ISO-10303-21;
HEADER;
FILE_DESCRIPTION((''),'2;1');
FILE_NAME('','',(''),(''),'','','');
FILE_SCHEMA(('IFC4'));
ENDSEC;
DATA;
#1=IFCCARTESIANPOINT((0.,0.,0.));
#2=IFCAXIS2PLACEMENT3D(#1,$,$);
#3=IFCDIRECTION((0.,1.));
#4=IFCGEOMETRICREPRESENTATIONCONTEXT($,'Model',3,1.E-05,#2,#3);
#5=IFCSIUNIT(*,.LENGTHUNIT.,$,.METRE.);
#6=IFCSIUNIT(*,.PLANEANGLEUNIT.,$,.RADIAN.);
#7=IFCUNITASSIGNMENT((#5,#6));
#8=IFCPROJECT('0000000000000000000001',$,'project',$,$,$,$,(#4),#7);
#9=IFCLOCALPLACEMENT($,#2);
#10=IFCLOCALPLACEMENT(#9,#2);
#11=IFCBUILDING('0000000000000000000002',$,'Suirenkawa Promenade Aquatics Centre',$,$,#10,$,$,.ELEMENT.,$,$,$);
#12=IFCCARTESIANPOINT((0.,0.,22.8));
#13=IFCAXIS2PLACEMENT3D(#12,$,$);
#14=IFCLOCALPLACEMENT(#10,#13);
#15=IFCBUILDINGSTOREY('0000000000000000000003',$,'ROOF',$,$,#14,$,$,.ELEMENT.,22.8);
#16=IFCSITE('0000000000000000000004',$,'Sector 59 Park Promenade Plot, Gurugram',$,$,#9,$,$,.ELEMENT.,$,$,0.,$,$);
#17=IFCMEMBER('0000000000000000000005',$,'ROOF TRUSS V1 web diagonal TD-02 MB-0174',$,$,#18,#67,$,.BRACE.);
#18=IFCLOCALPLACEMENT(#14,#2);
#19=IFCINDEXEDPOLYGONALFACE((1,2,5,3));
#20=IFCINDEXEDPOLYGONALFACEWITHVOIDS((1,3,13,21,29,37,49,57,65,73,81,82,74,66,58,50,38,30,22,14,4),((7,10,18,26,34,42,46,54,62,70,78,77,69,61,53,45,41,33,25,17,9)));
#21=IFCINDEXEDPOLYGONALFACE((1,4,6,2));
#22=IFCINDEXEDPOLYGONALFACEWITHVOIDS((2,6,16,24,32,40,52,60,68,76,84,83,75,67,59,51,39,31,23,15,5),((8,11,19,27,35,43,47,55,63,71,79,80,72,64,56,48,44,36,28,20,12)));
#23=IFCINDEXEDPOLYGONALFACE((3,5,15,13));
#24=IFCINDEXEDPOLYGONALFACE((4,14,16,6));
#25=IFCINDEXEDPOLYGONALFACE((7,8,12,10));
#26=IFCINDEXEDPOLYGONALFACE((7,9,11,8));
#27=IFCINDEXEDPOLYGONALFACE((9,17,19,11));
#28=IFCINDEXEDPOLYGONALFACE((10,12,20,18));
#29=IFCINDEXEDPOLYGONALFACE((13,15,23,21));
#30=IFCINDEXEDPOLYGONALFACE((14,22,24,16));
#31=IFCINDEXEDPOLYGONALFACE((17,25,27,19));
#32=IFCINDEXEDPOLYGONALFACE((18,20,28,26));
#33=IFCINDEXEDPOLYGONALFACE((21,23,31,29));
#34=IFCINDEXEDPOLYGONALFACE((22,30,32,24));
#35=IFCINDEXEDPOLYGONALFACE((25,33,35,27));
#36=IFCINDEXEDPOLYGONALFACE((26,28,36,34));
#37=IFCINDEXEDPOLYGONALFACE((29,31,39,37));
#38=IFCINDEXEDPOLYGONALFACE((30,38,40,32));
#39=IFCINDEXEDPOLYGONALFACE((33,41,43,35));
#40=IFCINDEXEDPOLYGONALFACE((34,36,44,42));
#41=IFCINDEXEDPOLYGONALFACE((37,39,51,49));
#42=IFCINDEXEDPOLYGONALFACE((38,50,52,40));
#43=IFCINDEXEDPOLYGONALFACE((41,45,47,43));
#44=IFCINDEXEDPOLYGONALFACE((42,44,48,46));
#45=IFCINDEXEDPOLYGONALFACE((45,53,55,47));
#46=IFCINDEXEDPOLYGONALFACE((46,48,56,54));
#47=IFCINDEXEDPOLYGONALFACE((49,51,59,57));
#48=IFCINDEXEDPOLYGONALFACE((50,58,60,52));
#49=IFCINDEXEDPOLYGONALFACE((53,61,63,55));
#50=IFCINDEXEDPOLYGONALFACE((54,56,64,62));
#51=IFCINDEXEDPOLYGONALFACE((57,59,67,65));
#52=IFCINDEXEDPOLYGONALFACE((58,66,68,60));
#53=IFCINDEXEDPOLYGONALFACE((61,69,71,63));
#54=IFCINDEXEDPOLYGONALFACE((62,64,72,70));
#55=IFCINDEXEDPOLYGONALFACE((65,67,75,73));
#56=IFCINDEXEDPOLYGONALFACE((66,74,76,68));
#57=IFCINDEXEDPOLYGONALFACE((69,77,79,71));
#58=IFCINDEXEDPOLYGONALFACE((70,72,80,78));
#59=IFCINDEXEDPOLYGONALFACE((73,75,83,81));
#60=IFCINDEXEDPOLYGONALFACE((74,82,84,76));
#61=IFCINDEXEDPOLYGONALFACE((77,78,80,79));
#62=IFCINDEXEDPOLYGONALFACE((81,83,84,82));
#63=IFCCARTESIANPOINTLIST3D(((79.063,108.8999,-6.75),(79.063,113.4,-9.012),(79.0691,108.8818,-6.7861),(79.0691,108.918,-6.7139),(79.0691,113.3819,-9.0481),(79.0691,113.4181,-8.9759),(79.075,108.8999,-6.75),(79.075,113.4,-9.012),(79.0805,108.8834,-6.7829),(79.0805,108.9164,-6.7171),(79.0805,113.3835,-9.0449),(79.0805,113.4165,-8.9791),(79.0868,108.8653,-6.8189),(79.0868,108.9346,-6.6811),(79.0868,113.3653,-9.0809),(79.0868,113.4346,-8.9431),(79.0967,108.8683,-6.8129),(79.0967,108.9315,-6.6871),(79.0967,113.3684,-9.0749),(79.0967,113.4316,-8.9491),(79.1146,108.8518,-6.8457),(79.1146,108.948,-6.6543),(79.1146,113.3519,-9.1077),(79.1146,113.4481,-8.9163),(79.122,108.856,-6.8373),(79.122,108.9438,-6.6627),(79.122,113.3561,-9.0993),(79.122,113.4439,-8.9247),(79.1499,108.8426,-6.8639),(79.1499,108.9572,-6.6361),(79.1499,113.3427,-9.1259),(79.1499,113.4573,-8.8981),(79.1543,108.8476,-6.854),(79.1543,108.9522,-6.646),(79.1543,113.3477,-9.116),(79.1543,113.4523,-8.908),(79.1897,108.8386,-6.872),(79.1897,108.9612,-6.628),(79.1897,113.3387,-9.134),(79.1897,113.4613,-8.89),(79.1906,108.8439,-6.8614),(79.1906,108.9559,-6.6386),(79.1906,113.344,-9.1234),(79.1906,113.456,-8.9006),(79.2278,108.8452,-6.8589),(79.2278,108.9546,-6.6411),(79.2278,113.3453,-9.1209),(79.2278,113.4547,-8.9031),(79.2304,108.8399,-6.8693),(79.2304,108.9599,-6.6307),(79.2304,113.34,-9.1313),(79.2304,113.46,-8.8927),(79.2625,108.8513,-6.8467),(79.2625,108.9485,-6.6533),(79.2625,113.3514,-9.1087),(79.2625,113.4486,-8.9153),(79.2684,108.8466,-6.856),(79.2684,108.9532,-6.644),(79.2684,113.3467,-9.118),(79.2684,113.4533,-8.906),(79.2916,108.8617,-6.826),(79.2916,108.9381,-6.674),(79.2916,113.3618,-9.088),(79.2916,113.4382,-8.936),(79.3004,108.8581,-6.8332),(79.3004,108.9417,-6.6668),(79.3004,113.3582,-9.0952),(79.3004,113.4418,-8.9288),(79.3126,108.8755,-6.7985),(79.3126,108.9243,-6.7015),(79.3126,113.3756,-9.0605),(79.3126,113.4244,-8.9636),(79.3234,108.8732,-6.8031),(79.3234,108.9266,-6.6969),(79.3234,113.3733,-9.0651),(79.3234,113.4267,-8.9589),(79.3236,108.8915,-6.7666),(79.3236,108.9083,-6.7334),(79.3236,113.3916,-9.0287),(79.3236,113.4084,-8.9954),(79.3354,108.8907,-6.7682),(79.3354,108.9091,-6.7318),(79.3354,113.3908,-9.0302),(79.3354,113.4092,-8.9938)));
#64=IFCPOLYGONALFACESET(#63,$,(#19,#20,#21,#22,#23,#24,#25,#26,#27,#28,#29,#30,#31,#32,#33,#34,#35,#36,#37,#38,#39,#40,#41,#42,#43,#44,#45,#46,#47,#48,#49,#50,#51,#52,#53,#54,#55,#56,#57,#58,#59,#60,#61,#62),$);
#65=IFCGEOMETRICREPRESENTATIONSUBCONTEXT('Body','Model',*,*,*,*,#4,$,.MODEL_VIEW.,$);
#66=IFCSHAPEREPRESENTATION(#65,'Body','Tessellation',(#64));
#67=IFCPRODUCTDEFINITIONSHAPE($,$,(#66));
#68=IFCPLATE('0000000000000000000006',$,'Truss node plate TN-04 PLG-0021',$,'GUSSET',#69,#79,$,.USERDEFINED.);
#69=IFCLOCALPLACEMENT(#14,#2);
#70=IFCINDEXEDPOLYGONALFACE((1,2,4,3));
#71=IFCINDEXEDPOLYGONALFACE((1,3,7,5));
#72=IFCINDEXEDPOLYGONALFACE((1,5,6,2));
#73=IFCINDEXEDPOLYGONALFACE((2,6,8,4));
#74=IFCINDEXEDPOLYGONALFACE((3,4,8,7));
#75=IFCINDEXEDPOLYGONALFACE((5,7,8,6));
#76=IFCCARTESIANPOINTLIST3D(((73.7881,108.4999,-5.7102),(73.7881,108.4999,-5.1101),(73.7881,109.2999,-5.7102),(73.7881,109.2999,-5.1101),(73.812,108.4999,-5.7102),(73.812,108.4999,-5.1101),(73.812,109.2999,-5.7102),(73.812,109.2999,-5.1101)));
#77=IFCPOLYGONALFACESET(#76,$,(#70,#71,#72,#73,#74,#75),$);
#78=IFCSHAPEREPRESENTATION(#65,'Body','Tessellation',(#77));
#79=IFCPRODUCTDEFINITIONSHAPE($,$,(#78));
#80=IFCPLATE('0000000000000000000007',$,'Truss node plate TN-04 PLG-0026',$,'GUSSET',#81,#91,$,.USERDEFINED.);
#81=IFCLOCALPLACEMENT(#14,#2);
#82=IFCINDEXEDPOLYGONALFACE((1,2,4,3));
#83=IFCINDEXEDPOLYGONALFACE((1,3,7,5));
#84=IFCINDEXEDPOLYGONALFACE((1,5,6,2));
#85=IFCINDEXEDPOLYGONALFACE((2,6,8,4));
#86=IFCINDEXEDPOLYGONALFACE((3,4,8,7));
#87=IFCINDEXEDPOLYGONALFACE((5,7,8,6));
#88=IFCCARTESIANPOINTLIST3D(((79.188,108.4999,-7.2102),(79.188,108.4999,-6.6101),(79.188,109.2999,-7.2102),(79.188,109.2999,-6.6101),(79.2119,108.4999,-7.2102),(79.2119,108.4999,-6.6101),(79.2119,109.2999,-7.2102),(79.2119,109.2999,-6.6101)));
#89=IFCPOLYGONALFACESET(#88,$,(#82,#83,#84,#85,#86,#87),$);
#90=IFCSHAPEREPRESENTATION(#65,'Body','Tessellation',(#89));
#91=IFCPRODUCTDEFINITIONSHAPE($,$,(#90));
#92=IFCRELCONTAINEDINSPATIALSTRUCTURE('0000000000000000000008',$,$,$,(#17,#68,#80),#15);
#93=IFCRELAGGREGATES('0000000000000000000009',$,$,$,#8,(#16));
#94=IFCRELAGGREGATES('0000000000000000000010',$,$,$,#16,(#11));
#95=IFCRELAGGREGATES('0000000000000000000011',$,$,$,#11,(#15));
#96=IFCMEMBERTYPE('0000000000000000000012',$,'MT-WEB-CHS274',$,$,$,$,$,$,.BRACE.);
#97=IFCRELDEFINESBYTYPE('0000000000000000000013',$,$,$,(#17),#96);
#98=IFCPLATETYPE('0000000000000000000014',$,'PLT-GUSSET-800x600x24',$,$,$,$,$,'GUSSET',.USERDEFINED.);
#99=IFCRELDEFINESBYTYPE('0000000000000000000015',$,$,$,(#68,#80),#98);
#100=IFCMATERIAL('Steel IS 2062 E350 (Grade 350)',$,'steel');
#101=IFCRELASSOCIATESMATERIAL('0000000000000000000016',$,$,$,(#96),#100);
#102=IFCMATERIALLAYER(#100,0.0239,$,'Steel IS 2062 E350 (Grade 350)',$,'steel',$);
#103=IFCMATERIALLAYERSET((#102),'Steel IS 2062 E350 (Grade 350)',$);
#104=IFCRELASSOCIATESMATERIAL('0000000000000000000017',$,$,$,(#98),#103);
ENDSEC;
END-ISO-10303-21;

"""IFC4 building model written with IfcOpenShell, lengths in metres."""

from ifc_helpers import new_model, si_unit, direction, frame, origin, origin_2d, place, context, subcontext, project, spatial, rectangle, hollow_circle, extrude, material, layer, layer_set, material_profile, profile_set, type_object, element, save


model = new_model("IFC4")

# Units and contexts
model_context = context("Model", 3, precision=1e-05, world=origin(), true_north=direction((0.0, 1.0)))
body_context = subcontext(model_context, "Body", "Model", "MODEL_VIEW")
ifc_project = project(units=[si_unit("LENGTHUNIT", "METRE"), si_unit("PLANEANGLEUNIT", "RADIAN")], contexts=[model_context])

# Site, building, storey
site_placement = place(None, origin())
site = spatial("IfcSite", under=ifc_project, at=site_placement, Name="Sector 59 Park Promenade Plot, Gurugram", CompositionType="ELEMENT", RefElevation=0.0)
building_placement = place(site_placement, origin())
building = spatial("IfcBuilding", under=site, at=building_placement, Name="Suirenkawa Promenade Aquatics Centre", CompositionType="ELEMENT")
storey_placement = place(building_placement, frame((0.0, 0.0, 22.8)))
storey = spatial("IfcBuildingStorey", under=building, at=storey_placement, Name="ROOF", CompositionType="ELEMENT", Elevation=22.8)

# Shared definitions
ifc_material = material(Name="Steel IS 2062 E350 (Grade 350)", Category="steel")

# Member
ifc_material_profile_1 = material_profile(ifc_material, hollow_circle(Radius=0.137, WallThickness=0.012, at=origin_2d()), Name="CHS 274x12", Category="steel")
ifc_profile_set_1 = profile_set([ifc_material_profile_1], Name="Steel IS 2062 E350 (Grade 350)")
member_type_1 = type_object("IfcMemberType", Name="MT-WEB-CHS274", PredefinedType="BRACE", material=ifc_profile_set_1)
member_1_placement = place(storey_placement, frame((79.2, 108.8999, -6.75), z_axis=(0.0, 0.893475, -0.449113), x_axis=(-1.0, 0.0, 0.0)))
element("IfcMember", 1, at=member_1_placement, inside=storey, type_object=member_type_1, Name="ROOF TRUSS V1 web diagonal TD-02 MB-0174", PredefinedType="BRACE", context=body_context, shape_type="SweptSolid", body=[
    extrude(hollow_circle(Radius=0.137, WallThickness=0.012, at=origin_2d()), origin(), (0.0, 0.0, 1.0), 5.0366),
])

# Plates
ifc_layer = layer(ifc_material, 0.0239, Name="Steel IS 2062 E350 (Grade 350)", Category="steel")
ifc_layer_set = layer_set([ifc_layer], Name="Steel IS 2062 E350 (Grade 350)")
plate_type = type_object("IfcPlateType", Name="PLT-GUSSET-800x600x24", ElementType="GUSSET", PredefinedType="USERDEFINED", material=ifc_layer_set)
for number, where, z_axis, x_axis, name in (
    (2, (73.8, 108.8999, -5.7102), (0.0, 0.0, 1.0), (0.0, 1.0, 0.0), "Truss node plate TN-04 PLG-0021"),
    (3, (79.2, 108.8999, -7.2102), (0.0, 0.0, 1.0), (0.0, 1.0, 0.0), "Truss node plate TN-04 PLG-0026"),
):
    element("IfcPlate", number, at=place(storey_placement, frame(where, z_axis=z_axis, x_axis=x_axis)), inside=storey, type_object=plate_type, Name=name, ObjectType="GUSSET", PredefinedType="USERDEFINED", context=body_context, shape_type="SweptSolid", body=[
        extrude(rectangle(XDim=0.8, YDim=0.0239, at=origin_2d()), origin(), (0.0, 0.0, 1.0), 0.6001),
    ])

save(model, "model.ifc")
